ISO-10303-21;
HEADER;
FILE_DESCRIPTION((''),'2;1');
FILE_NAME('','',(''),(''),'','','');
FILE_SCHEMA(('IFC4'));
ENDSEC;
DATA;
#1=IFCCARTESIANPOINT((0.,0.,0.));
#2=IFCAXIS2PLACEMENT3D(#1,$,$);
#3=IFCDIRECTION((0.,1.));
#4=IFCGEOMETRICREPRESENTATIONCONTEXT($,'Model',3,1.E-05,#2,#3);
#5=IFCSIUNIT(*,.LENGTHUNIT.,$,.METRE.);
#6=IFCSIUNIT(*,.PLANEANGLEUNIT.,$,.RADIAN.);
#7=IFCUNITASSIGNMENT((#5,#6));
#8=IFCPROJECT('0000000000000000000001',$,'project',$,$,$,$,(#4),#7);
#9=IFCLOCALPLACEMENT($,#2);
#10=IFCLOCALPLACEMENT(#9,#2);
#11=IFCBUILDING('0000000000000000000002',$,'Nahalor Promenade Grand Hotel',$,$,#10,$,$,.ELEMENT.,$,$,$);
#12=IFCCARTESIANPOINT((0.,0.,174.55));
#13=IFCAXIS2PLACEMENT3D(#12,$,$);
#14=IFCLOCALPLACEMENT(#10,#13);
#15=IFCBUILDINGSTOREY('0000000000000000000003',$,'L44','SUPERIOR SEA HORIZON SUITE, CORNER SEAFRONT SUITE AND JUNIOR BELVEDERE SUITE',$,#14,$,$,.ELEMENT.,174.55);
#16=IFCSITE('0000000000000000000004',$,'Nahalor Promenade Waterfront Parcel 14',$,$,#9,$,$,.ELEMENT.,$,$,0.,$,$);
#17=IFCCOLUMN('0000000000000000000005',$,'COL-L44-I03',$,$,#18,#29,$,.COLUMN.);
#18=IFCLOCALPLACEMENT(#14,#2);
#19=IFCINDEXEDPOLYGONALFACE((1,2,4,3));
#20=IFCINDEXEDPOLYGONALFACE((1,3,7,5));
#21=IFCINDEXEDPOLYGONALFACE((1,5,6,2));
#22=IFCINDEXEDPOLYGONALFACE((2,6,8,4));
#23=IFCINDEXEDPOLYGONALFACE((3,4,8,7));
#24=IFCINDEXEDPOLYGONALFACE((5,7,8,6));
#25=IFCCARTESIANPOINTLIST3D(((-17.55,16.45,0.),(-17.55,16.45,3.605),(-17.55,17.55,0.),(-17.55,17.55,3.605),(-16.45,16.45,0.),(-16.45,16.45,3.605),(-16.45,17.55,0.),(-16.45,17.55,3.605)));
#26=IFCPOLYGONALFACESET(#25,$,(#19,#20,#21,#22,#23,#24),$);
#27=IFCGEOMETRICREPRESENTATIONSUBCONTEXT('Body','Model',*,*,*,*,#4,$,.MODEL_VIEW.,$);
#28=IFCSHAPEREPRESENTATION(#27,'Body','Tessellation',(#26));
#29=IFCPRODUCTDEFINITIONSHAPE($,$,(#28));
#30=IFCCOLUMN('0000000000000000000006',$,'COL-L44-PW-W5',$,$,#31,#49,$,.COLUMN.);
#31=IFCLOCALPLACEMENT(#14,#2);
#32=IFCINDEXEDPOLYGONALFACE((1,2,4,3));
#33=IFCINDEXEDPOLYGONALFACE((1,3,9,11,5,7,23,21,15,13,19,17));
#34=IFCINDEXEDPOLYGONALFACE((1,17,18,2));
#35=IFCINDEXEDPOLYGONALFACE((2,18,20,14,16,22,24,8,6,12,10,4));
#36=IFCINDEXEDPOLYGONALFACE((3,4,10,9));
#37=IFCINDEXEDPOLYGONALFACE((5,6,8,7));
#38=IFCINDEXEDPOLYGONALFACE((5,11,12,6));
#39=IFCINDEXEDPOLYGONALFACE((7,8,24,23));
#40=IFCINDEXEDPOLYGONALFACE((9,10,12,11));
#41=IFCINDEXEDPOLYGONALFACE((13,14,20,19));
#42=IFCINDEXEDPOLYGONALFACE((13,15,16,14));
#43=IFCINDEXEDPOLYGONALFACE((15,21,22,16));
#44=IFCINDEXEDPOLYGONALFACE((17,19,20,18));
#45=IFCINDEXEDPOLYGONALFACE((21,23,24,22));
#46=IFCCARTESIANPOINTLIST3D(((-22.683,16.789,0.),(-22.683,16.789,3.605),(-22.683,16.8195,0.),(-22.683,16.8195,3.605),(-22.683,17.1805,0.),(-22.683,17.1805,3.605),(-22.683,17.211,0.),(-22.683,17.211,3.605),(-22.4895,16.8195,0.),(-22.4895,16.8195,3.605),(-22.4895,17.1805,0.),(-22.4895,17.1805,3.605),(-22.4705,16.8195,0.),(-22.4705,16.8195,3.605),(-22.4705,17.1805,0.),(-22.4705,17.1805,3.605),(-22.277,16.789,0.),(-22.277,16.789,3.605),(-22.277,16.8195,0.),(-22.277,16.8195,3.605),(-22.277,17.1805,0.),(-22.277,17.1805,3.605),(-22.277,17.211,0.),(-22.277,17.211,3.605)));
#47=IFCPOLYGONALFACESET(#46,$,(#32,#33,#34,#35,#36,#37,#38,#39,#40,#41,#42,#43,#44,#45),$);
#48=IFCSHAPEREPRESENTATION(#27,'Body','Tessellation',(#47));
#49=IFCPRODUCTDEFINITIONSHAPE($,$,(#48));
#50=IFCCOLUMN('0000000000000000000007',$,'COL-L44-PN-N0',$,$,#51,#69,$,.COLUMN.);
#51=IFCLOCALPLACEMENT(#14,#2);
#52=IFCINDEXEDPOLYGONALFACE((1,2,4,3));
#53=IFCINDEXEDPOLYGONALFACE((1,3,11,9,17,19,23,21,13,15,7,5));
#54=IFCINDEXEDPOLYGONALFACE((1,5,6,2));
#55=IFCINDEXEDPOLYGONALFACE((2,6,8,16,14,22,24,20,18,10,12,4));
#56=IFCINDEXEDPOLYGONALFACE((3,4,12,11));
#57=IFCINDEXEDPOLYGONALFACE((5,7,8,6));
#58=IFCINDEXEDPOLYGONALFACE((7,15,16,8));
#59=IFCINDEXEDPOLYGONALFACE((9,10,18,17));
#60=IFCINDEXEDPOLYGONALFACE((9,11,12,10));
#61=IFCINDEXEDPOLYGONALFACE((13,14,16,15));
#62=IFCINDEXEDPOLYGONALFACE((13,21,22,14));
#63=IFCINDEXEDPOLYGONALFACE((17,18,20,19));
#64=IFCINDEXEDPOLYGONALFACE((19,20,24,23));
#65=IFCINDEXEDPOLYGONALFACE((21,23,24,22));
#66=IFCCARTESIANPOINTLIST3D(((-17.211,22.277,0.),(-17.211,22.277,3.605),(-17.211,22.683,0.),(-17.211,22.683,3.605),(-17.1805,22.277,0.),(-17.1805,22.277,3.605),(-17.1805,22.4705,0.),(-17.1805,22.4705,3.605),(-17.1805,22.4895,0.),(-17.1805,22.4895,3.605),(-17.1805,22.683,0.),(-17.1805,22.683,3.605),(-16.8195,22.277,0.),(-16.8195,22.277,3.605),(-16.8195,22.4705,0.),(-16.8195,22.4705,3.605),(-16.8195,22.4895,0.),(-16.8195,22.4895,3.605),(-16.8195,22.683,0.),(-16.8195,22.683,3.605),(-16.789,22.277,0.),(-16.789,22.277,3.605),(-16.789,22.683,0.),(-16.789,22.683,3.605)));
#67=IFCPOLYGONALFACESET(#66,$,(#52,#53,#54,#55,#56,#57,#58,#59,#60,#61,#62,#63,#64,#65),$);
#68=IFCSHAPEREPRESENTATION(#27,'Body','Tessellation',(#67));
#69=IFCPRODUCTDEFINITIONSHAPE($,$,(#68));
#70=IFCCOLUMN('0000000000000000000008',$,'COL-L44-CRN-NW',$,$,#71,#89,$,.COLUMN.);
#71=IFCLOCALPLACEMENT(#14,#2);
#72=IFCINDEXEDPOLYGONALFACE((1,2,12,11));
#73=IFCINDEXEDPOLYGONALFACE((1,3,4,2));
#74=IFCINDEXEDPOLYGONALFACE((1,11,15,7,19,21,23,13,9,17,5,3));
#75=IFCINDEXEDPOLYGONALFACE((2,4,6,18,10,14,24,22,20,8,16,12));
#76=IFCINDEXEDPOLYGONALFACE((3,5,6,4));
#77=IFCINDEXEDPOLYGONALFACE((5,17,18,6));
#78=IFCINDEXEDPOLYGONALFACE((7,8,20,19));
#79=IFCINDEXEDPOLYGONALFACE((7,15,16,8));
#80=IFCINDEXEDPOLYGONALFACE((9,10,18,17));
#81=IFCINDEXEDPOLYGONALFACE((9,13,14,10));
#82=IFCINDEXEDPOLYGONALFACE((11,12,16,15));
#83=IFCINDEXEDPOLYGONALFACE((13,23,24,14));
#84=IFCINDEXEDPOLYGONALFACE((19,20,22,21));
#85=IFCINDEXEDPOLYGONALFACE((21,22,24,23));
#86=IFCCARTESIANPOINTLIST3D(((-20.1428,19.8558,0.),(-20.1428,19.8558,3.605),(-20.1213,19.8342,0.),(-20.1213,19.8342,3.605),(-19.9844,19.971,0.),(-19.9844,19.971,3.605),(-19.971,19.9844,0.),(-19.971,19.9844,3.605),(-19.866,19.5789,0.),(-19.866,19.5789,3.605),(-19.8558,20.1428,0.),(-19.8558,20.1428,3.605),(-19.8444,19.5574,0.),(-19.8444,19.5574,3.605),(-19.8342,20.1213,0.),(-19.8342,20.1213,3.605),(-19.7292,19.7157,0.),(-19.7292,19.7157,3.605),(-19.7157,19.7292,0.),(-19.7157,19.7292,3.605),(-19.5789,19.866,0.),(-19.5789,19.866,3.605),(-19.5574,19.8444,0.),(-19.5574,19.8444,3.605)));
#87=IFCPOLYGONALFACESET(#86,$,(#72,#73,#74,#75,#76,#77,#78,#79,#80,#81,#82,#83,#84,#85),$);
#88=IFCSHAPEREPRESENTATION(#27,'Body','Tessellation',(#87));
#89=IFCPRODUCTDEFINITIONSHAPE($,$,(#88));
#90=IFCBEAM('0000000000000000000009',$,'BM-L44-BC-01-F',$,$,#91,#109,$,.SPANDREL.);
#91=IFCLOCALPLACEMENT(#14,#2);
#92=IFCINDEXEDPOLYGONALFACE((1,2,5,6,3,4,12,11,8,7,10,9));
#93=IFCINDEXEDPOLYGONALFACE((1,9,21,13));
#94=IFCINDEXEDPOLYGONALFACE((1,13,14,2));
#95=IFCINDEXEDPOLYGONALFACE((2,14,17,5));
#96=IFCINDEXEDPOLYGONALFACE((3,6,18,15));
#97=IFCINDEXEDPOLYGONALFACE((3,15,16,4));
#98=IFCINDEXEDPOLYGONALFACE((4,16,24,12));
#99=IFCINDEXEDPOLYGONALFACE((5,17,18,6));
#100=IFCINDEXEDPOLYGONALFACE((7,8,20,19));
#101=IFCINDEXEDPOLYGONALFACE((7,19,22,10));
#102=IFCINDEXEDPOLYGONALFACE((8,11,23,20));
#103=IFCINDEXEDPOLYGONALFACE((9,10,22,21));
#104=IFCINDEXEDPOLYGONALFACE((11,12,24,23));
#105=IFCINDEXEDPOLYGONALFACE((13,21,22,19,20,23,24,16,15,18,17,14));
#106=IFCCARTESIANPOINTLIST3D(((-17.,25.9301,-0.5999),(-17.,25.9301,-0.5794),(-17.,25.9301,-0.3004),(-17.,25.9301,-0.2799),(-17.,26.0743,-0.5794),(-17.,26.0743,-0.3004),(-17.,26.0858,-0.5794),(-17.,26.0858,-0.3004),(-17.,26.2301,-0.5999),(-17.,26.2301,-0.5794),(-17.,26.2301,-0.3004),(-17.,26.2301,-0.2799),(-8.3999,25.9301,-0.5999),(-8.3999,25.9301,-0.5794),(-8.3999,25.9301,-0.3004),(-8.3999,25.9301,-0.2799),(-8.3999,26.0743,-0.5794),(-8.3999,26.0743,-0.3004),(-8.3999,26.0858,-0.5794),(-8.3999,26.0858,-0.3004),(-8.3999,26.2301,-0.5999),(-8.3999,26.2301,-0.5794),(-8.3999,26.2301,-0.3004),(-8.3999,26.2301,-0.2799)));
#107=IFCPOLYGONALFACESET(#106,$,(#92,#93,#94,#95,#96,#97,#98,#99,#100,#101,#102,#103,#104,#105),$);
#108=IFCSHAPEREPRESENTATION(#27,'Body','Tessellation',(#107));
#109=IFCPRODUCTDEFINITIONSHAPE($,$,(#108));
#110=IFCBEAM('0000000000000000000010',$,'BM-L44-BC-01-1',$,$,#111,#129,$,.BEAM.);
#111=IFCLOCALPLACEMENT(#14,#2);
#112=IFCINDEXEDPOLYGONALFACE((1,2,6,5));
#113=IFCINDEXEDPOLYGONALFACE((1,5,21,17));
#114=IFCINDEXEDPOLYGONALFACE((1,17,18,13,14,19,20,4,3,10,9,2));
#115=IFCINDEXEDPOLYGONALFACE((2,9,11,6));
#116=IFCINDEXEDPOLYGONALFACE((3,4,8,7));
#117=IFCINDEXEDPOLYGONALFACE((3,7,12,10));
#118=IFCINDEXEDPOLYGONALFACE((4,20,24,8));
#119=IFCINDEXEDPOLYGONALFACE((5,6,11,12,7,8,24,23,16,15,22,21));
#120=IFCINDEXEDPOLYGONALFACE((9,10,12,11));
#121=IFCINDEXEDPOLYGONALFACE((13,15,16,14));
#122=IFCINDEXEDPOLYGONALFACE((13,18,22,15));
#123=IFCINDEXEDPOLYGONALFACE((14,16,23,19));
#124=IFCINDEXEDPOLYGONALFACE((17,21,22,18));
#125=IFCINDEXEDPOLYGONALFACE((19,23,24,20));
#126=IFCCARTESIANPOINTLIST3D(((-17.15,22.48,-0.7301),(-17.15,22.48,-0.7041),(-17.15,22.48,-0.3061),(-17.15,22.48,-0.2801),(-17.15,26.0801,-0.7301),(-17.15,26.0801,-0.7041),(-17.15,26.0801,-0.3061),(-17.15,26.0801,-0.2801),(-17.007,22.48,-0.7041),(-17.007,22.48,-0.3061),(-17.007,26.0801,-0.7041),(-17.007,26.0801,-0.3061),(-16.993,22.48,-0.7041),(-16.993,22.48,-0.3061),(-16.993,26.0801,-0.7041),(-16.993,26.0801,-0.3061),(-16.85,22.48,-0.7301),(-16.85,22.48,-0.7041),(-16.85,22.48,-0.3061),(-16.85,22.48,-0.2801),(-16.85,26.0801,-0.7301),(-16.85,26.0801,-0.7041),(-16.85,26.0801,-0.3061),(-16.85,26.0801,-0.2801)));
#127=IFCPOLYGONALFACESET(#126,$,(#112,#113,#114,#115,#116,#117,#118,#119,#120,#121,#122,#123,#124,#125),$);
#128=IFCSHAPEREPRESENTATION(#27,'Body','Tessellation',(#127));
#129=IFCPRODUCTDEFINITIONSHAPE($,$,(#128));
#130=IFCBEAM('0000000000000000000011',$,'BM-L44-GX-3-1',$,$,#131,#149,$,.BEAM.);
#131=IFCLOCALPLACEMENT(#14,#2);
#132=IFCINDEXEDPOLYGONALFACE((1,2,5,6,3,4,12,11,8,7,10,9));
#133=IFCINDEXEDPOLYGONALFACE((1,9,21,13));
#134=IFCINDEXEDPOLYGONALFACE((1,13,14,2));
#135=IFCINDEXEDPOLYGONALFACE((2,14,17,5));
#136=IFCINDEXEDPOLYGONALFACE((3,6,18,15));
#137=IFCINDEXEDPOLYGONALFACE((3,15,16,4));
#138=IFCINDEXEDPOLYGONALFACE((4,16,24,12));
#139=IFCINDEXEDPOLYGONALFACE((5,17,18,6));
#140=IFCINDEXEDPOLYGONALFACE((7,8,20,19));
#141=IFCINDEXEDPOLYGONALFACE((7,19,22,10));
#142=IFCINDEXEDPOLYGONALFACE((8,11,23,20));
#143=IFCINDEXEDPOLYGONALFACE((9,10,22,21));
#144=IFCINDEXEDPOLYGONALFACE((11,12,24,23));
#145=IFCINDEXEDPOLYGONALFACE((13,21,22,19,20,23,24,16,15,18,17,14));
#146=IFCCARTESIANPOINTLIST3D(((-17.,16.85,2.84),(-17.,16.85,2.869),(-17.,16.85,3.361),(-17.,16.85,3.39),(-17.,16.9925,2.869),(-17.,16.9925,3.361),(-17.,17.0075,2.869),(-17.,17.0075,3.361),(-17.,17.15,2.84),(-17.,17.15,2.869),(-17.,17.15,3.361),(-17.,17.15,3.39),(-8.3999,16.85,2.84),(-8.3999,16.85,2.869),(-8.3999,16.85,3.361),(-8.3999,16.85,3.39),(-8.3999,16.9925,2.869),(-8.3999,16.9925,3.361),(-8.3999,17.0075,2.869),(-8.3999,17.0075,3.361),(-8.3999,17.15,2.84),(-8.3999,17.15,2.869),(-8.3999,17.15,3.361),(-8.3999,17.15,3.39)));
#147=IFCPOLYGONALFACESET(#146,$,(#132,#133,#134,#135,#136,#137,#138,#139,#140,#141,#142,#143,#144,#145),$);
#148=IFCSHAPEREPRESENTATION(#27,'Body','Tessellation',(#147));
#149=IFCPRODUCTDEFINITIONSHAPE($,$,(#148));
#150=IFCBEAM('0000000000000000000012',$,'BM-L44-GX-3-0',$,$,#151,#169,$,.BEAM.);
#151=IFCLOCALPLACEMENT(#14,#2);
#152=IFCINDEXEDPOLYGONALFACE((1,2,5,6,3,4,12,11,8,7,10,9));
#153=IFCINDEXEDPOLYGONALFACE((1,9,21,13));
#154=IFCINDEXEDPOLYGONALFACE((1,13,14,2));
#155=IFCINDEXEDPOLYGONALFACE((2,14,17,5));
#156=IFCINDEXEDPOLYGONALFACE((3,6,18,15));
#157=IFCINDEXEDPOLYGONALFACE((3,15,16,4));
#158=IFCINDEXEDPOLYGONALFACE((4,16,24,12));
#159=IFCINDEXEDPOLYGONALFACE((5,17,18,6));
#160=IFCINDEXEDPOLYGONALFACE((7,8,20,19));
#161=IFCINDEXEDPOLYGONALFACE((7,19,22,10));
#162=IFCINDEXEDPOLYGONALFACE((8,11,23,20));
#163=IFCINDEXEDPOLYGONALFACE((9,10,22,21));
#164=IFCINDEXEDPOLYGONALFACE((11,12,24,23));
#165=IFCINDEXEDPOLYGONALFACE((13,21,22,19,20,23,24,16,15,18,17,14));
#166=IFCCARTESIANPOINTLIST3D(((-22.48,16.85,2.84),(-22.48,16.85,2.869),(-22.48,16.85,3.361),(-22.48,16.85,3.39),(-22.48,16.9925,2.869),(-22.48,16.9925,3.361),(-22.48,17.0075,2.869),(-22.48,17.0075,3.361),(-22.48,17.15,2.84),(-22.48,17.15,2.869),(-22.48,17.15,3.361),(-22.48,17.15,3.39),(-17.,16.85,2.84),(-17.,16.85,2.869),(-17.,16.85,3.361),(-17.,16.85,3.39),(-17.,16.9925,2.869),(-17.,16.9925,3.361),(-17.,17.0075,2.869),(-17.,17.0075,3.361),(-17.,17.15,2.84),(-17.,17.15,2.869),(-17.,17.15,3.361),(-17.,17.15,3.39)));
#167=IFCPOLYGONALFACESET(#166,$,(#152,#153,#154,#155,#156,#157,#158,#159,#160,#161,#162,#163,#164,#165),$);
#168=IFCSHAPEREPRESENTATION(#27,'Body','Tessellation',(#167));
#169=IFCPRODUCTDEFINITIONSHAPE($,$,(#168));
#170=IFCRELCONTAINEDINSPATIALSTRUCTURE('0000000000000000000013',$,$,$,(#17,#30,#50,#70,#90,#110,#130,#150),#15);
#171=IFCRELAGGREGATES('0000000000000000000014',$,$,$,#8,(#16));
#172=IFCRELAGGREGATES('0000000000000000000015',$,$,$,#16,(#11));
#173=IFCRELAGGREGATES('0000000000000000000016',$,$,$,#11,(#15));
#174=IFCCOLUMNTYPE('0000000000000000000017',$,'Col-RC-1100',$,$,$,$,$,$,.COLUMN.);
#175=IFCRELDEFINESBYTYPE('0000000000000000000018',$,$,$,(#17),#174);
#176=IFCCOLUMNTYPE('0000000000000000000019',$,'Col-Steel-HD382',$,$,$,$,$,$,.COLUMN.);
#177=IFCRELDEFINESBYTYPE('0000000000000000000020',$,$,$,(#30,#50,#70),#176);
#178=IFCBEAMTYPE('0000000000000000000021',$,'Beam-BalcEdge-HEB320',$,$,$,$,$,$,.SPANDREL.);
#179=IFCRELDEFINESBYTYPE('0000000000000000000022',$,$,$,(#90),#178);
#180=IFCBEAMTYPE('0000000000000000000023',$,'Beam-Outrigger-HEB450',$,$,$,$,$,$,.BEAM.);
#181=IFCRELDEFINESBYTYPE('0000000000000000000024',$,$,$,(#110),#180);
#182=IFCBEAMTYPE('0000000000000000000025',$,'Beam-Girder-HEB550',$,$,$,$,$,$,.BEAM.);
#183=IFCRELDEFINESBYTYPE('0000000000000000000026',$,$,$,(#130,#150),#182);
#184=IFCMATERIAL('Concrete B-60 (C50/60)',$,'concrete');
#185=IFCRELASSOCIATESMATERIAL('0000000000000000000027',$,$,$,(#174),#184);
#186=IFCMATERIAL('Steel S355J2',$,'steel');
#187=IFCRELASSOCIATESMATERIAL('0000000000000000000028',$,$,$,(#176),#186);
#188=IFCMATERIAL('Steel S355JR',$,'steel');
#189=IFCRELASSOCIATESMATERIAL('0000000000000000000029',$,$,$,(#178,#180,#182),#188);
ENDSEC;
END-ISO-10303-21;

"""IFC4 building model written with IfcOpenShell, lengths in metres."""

from ifc_helpers import new_model, si_unit, direction, frame, origin, origin_2d, place, context, subcontext, project, spatial, rectangle, i_section, extrude, source, transform, mapped, material, material_profile, profile_set, type_object, element, save


model = new_model("IFC4")

# Units and contexts
model_context = context("Model", 3, precision=1e-05, world=origin(), true_north=direction((0.0, 1.0)))
body_context = subcontext(model_context, "Body", "Model", "MODEL_VIEW")
ifc_project = project(units=[si_unit("LENGTHUNIT", "METRE"), si_unit("PLANEANGLEUNIT", "RADIAN")], contexts=[model_context])

# Site, building, storey
site_placement = place(None, origin())
site = spatial("IfcSite", under=ifc_project, at=site_placement, Name="Nahalor Promenade Waterfront Parcel 14", CompositionType="ELEMENT", RefElevation=0.0)
building_placement = place(site_placement, origin())
building = spatial("IfcBuilding", under=site, at=building_placement, Name="Nahalor Promenade Grand Hotel", CompositionType="ELEMENT")
storey_placement = place(building_placement, frame((0.0, 0.0, 174.55)))
storey = spatial("IfcBuildingStorey", under=building, at=storey_placement, Name="L44", Description="SUPERIOR SEA HORIZON SUITE, CORNER SEAFRONT SUITE AND JUNIOR BELVEDERE SUITE", CompositionType="ELEMENT", Elevation=174.55)

# Columns
ifc_material_1 = material(Name="Concrete B-60 (C50/60)", Category="concrete")
ifc_material_profile_1 = material_profile(ifc_material_1, rectangle(XDim=1.1, YDim=1.1, at=origin_2d()), Name="RC 1100x1100")
ifc_profile_set_1 = profile_set([ifc_material_profile_1], Name="Concrete B-60 (C50/60)")
column_type_1 = type_object("IfcColumnType", Name="Col-RC-1100", PredefinedType="COLUMN", material=ifc_profile_set_1)
shared_shape_1 = source(origin(), body_context, "Body", "SweptSolid", [
    extrude(rectangle(XDim=1.1, YDim=1.1, at=origin_2d()), origin(), (0.0, 0.0, 1.0), 3.605),
])
column_placement = place(storey_placement, frame((-17.0, 17.0, 0.0), z_axis=(0.0, 0.0, 1.0), x_axis=(1.0, 0.0, 0.0)))
element("IfcColumn", 1, at=column_placement, inside=storey, type_object=column_type_1, Name="COL-L44-I03", PredefinedType="COLUMN", context=body_context, shape_type="MappedRepresentation", body=[
    mapped(shared_shape_1, transform((0.0, 0.0, 0.0), scale=1.0)),
])
ifc_material_2 = material(Name="Steel S355J2", Category="steel")
ifc_material_profile_2 = material_profile(ifc_material_2, i_section(OverallWidth=0.406, OverallDepth=0.422, WebThickness=0.019, FlangeThickness=0.0305, at=origin_2d()), Name="HD 400x382")
ifc_profile_set_2 = profile_set([ifc_material_profile_2], Name="Steel S355J2")
column_type_2 = type_object("IfcColumnType", Name="Col-Steel-HD382", PredefinedType="COLUMN", material=ifc_profile_set_2)
shared_shape_2 = source(origin(), body_context, "Body", "SweptSolid", [
    extrude(i_section(OverallWidth=0.406, OverallDepth=0.422, WebThickness=0.019, FlangeThickness=0.0305, at=origin_2d()), origin(), (0.0, 0.0, 1.0), 3.605),
])
for number, where, z_axis, x_axis, name in (
    (2, (-22.48, 17.0, 0.0), (0.0, 0.0, 1.0), (1.0, 0.0, 0.0), "COL-L44-PW-W5"),
    (3, (-17.0, 22.48, 0.0), (0.0, 0.0, 1.0), (0.0, 1.0, 0.0), "COL-L44-PN-N0"),
    (4, (-19.8501, 19.8501, 0.0), (0.0, 0.0, 1.0), (0.707107, 0.707107, 0.0), "COL-L44-CRN-NW"),
):
    element("IfcColumn", number, at=place(storey_placement, frame(where, z_axis=z_axis, x_axis=x_axis)), inside=storey, type_object=column_type_2, Name=name, PredefinedType="COLUMN", context=body_context, shape_type="MappedRepresentation", body=[
        mapped(shared_shape_2, transform((0.0, 0.0, 0.0), scale=1.0)),
    ])

# Beams
ifc_material_3 = material(Name="Steel S355JR", Category="steel")
ifc_material_profile_3 = material_profile(ifc_material_3, i_section(OverallWidth=0.3, OverallDepth=0.32, WebThickness=0.0115, FlangeThickness=0.0205, at=origin_2d()), Name="HEB 320")
ifc_profile_set_3 = profile_set([ifc_material_profile_3], Name="Steel S355JR")
beam_type_1 = type_object("IfcBeamType", Name="Beam-BalcEdge-HEB320", PredefinedType="SPANDREL", material=ifc_profile_set_3)
shared_shape_3 = source(origin(), body_context, "Body", "SweptSolid", [
    extrude(i_section(OverallWidth=0.3, OverallDepth=0.32, WebThickness=0.0115, FlangeThickness=0.0205, at=origin_2d()), origin(), (0.0, 0.0, 1.0), 8.6001),
])
beam_1_placement = place(storey_placement, frame((-17.0, 26.0801, -0.4399), z_axis=(1.0, 0.0, 0.0), x_axis=(0.0, 1.0, 0.0)))
element("IfcBeam", 5, at=beam_1_placement, inside=storey, type_object=beam_type_1, Name="BM-L44-BC-01-F", PredefinedType="SPANDREL", context=body_context, shape_type="MappedRepresentation", body=[
    mapped(shared_shape_3, transform((0.0, 0.0, 0.0), scale=1.0)),
])
ifc_material_profile_4 = material_profile(ifc_material_3, i_section(OverallWidth=0.3, OverallDepth=0.45, WebThickness=0.014, FlangeThickness=0.026, at=origin_2d()), Name="HEB 450")
ifc_profile_set_4 = profile_set([ifc_material_profile_4], Name="Steel S355JR")
beam_type_2 = type_object("IfcBeamType", Name="Beam-Outrigger-HEB450", PredefinedType="BEAM", material=ifc_profile_set_4)
shared_shape_4 = source(origin(), body_context, "Body", "SweptSolid", [
    extrude(i_section(OverallWidth=0.3, OverallDepth=0.45, WebThickness=0.014, FlangeThickness=0.026, at=origin_2d()), origin(), (0.0, 0.0, 1.0), 3.6001),
])
beam_2_placement = place(storey_placement, frame((-17.0, 22.48, -0.5051), z_axis=(0.0, 1.0, 0.0), x_axis=(-1.0, 0.0, 0.0)))
element("IfcBeam", 6, at=beam_2_placement, inside=storey, type_object=beam_type_2, Name="BM-L44-BC-01-1", PredefinedType="BEAM", context=body_context, shape_type="MappedRepresentation", body=[
    mapped(shared_shape_4, transform((0.0, 0.0, 0.0), scale=1.0)),
])
ifc_material_profile_5 = material_profile(ifc_material_3, i_section(OverallWidth=0.3, OverallDepth=0.55, WebThickness=0.015, FlangeThickness=0.029, at=origin_2d()), Name="HEB 550")
ifc_profile_set_5 = profile_set([ifc_material_profile_5], Name="Steel S355JR")
beam_type_3 = type_object("IfcBeamType", Name="Beam-Girder-HEB550", PredefinedType="BEAM", material=ifc_profile_set_5)
shared_shape_5 = source(origin(), body_context, "Body", "SweptSolid", [
    extrude(i_section(OverallWidth=0.3, OverallDepth=0.55, WebThickness=0.015, FlangeThickness=0.029, at=origin_2d()), origin(), (0.0, 0.0, 1.0), 8.6001),
])
beam_3_placement = place(storey_placement, frame((-17.0, 17.0, 3.115), z_axis=(1.0, 0.0, 0.0), x_axis=(0.0, 1.0, 0.0)))
element("IfcBeam", 7, at=beam_3_placement, inside=storey, type_object=beam_type_3, Name="BM-L44-GX-3-1", PredefinedType="BEAM", context=body_context, shape_type="MappedRepresentation", body=[
    mapped(shared_shape_5, transform((0.0, 0.0, 0.0), scale=1.0)),
])
shared_shape_6 = source(origin(), body_context, "Body", "SweptSolid", [
    extrude(i_section(OverallWidth=0.3, OverallDepth=0.55, WebThickness=0.015, FlangeThickness=0.029, at=origin_2d()), origin(), (0.0, 0.0, 1.0), 5.48),
])
for number, where, z_axis, x_axis, name in (
    (8, (-22.48, 17.0, 3.115), (1.0, 0.0, 0.0), (0.0, 1.0, 0.0), "BM-L44-GX-3-0"),
):
    element("IfcBeam", number, at=place(storey_placement, frame(where, z_axis=z_axis, x_axis=x_axis)), inside=storey, type_object=beam_type_3, Name=name, PredefinedType="BEAM", context=body_context, shape_type="MappedRepresentation", body=[
        mapped(shared_shape_6, transform((0.0, 0.0, 0.0), scale=1.0)),
    ])

save(model, "model.ifc")
